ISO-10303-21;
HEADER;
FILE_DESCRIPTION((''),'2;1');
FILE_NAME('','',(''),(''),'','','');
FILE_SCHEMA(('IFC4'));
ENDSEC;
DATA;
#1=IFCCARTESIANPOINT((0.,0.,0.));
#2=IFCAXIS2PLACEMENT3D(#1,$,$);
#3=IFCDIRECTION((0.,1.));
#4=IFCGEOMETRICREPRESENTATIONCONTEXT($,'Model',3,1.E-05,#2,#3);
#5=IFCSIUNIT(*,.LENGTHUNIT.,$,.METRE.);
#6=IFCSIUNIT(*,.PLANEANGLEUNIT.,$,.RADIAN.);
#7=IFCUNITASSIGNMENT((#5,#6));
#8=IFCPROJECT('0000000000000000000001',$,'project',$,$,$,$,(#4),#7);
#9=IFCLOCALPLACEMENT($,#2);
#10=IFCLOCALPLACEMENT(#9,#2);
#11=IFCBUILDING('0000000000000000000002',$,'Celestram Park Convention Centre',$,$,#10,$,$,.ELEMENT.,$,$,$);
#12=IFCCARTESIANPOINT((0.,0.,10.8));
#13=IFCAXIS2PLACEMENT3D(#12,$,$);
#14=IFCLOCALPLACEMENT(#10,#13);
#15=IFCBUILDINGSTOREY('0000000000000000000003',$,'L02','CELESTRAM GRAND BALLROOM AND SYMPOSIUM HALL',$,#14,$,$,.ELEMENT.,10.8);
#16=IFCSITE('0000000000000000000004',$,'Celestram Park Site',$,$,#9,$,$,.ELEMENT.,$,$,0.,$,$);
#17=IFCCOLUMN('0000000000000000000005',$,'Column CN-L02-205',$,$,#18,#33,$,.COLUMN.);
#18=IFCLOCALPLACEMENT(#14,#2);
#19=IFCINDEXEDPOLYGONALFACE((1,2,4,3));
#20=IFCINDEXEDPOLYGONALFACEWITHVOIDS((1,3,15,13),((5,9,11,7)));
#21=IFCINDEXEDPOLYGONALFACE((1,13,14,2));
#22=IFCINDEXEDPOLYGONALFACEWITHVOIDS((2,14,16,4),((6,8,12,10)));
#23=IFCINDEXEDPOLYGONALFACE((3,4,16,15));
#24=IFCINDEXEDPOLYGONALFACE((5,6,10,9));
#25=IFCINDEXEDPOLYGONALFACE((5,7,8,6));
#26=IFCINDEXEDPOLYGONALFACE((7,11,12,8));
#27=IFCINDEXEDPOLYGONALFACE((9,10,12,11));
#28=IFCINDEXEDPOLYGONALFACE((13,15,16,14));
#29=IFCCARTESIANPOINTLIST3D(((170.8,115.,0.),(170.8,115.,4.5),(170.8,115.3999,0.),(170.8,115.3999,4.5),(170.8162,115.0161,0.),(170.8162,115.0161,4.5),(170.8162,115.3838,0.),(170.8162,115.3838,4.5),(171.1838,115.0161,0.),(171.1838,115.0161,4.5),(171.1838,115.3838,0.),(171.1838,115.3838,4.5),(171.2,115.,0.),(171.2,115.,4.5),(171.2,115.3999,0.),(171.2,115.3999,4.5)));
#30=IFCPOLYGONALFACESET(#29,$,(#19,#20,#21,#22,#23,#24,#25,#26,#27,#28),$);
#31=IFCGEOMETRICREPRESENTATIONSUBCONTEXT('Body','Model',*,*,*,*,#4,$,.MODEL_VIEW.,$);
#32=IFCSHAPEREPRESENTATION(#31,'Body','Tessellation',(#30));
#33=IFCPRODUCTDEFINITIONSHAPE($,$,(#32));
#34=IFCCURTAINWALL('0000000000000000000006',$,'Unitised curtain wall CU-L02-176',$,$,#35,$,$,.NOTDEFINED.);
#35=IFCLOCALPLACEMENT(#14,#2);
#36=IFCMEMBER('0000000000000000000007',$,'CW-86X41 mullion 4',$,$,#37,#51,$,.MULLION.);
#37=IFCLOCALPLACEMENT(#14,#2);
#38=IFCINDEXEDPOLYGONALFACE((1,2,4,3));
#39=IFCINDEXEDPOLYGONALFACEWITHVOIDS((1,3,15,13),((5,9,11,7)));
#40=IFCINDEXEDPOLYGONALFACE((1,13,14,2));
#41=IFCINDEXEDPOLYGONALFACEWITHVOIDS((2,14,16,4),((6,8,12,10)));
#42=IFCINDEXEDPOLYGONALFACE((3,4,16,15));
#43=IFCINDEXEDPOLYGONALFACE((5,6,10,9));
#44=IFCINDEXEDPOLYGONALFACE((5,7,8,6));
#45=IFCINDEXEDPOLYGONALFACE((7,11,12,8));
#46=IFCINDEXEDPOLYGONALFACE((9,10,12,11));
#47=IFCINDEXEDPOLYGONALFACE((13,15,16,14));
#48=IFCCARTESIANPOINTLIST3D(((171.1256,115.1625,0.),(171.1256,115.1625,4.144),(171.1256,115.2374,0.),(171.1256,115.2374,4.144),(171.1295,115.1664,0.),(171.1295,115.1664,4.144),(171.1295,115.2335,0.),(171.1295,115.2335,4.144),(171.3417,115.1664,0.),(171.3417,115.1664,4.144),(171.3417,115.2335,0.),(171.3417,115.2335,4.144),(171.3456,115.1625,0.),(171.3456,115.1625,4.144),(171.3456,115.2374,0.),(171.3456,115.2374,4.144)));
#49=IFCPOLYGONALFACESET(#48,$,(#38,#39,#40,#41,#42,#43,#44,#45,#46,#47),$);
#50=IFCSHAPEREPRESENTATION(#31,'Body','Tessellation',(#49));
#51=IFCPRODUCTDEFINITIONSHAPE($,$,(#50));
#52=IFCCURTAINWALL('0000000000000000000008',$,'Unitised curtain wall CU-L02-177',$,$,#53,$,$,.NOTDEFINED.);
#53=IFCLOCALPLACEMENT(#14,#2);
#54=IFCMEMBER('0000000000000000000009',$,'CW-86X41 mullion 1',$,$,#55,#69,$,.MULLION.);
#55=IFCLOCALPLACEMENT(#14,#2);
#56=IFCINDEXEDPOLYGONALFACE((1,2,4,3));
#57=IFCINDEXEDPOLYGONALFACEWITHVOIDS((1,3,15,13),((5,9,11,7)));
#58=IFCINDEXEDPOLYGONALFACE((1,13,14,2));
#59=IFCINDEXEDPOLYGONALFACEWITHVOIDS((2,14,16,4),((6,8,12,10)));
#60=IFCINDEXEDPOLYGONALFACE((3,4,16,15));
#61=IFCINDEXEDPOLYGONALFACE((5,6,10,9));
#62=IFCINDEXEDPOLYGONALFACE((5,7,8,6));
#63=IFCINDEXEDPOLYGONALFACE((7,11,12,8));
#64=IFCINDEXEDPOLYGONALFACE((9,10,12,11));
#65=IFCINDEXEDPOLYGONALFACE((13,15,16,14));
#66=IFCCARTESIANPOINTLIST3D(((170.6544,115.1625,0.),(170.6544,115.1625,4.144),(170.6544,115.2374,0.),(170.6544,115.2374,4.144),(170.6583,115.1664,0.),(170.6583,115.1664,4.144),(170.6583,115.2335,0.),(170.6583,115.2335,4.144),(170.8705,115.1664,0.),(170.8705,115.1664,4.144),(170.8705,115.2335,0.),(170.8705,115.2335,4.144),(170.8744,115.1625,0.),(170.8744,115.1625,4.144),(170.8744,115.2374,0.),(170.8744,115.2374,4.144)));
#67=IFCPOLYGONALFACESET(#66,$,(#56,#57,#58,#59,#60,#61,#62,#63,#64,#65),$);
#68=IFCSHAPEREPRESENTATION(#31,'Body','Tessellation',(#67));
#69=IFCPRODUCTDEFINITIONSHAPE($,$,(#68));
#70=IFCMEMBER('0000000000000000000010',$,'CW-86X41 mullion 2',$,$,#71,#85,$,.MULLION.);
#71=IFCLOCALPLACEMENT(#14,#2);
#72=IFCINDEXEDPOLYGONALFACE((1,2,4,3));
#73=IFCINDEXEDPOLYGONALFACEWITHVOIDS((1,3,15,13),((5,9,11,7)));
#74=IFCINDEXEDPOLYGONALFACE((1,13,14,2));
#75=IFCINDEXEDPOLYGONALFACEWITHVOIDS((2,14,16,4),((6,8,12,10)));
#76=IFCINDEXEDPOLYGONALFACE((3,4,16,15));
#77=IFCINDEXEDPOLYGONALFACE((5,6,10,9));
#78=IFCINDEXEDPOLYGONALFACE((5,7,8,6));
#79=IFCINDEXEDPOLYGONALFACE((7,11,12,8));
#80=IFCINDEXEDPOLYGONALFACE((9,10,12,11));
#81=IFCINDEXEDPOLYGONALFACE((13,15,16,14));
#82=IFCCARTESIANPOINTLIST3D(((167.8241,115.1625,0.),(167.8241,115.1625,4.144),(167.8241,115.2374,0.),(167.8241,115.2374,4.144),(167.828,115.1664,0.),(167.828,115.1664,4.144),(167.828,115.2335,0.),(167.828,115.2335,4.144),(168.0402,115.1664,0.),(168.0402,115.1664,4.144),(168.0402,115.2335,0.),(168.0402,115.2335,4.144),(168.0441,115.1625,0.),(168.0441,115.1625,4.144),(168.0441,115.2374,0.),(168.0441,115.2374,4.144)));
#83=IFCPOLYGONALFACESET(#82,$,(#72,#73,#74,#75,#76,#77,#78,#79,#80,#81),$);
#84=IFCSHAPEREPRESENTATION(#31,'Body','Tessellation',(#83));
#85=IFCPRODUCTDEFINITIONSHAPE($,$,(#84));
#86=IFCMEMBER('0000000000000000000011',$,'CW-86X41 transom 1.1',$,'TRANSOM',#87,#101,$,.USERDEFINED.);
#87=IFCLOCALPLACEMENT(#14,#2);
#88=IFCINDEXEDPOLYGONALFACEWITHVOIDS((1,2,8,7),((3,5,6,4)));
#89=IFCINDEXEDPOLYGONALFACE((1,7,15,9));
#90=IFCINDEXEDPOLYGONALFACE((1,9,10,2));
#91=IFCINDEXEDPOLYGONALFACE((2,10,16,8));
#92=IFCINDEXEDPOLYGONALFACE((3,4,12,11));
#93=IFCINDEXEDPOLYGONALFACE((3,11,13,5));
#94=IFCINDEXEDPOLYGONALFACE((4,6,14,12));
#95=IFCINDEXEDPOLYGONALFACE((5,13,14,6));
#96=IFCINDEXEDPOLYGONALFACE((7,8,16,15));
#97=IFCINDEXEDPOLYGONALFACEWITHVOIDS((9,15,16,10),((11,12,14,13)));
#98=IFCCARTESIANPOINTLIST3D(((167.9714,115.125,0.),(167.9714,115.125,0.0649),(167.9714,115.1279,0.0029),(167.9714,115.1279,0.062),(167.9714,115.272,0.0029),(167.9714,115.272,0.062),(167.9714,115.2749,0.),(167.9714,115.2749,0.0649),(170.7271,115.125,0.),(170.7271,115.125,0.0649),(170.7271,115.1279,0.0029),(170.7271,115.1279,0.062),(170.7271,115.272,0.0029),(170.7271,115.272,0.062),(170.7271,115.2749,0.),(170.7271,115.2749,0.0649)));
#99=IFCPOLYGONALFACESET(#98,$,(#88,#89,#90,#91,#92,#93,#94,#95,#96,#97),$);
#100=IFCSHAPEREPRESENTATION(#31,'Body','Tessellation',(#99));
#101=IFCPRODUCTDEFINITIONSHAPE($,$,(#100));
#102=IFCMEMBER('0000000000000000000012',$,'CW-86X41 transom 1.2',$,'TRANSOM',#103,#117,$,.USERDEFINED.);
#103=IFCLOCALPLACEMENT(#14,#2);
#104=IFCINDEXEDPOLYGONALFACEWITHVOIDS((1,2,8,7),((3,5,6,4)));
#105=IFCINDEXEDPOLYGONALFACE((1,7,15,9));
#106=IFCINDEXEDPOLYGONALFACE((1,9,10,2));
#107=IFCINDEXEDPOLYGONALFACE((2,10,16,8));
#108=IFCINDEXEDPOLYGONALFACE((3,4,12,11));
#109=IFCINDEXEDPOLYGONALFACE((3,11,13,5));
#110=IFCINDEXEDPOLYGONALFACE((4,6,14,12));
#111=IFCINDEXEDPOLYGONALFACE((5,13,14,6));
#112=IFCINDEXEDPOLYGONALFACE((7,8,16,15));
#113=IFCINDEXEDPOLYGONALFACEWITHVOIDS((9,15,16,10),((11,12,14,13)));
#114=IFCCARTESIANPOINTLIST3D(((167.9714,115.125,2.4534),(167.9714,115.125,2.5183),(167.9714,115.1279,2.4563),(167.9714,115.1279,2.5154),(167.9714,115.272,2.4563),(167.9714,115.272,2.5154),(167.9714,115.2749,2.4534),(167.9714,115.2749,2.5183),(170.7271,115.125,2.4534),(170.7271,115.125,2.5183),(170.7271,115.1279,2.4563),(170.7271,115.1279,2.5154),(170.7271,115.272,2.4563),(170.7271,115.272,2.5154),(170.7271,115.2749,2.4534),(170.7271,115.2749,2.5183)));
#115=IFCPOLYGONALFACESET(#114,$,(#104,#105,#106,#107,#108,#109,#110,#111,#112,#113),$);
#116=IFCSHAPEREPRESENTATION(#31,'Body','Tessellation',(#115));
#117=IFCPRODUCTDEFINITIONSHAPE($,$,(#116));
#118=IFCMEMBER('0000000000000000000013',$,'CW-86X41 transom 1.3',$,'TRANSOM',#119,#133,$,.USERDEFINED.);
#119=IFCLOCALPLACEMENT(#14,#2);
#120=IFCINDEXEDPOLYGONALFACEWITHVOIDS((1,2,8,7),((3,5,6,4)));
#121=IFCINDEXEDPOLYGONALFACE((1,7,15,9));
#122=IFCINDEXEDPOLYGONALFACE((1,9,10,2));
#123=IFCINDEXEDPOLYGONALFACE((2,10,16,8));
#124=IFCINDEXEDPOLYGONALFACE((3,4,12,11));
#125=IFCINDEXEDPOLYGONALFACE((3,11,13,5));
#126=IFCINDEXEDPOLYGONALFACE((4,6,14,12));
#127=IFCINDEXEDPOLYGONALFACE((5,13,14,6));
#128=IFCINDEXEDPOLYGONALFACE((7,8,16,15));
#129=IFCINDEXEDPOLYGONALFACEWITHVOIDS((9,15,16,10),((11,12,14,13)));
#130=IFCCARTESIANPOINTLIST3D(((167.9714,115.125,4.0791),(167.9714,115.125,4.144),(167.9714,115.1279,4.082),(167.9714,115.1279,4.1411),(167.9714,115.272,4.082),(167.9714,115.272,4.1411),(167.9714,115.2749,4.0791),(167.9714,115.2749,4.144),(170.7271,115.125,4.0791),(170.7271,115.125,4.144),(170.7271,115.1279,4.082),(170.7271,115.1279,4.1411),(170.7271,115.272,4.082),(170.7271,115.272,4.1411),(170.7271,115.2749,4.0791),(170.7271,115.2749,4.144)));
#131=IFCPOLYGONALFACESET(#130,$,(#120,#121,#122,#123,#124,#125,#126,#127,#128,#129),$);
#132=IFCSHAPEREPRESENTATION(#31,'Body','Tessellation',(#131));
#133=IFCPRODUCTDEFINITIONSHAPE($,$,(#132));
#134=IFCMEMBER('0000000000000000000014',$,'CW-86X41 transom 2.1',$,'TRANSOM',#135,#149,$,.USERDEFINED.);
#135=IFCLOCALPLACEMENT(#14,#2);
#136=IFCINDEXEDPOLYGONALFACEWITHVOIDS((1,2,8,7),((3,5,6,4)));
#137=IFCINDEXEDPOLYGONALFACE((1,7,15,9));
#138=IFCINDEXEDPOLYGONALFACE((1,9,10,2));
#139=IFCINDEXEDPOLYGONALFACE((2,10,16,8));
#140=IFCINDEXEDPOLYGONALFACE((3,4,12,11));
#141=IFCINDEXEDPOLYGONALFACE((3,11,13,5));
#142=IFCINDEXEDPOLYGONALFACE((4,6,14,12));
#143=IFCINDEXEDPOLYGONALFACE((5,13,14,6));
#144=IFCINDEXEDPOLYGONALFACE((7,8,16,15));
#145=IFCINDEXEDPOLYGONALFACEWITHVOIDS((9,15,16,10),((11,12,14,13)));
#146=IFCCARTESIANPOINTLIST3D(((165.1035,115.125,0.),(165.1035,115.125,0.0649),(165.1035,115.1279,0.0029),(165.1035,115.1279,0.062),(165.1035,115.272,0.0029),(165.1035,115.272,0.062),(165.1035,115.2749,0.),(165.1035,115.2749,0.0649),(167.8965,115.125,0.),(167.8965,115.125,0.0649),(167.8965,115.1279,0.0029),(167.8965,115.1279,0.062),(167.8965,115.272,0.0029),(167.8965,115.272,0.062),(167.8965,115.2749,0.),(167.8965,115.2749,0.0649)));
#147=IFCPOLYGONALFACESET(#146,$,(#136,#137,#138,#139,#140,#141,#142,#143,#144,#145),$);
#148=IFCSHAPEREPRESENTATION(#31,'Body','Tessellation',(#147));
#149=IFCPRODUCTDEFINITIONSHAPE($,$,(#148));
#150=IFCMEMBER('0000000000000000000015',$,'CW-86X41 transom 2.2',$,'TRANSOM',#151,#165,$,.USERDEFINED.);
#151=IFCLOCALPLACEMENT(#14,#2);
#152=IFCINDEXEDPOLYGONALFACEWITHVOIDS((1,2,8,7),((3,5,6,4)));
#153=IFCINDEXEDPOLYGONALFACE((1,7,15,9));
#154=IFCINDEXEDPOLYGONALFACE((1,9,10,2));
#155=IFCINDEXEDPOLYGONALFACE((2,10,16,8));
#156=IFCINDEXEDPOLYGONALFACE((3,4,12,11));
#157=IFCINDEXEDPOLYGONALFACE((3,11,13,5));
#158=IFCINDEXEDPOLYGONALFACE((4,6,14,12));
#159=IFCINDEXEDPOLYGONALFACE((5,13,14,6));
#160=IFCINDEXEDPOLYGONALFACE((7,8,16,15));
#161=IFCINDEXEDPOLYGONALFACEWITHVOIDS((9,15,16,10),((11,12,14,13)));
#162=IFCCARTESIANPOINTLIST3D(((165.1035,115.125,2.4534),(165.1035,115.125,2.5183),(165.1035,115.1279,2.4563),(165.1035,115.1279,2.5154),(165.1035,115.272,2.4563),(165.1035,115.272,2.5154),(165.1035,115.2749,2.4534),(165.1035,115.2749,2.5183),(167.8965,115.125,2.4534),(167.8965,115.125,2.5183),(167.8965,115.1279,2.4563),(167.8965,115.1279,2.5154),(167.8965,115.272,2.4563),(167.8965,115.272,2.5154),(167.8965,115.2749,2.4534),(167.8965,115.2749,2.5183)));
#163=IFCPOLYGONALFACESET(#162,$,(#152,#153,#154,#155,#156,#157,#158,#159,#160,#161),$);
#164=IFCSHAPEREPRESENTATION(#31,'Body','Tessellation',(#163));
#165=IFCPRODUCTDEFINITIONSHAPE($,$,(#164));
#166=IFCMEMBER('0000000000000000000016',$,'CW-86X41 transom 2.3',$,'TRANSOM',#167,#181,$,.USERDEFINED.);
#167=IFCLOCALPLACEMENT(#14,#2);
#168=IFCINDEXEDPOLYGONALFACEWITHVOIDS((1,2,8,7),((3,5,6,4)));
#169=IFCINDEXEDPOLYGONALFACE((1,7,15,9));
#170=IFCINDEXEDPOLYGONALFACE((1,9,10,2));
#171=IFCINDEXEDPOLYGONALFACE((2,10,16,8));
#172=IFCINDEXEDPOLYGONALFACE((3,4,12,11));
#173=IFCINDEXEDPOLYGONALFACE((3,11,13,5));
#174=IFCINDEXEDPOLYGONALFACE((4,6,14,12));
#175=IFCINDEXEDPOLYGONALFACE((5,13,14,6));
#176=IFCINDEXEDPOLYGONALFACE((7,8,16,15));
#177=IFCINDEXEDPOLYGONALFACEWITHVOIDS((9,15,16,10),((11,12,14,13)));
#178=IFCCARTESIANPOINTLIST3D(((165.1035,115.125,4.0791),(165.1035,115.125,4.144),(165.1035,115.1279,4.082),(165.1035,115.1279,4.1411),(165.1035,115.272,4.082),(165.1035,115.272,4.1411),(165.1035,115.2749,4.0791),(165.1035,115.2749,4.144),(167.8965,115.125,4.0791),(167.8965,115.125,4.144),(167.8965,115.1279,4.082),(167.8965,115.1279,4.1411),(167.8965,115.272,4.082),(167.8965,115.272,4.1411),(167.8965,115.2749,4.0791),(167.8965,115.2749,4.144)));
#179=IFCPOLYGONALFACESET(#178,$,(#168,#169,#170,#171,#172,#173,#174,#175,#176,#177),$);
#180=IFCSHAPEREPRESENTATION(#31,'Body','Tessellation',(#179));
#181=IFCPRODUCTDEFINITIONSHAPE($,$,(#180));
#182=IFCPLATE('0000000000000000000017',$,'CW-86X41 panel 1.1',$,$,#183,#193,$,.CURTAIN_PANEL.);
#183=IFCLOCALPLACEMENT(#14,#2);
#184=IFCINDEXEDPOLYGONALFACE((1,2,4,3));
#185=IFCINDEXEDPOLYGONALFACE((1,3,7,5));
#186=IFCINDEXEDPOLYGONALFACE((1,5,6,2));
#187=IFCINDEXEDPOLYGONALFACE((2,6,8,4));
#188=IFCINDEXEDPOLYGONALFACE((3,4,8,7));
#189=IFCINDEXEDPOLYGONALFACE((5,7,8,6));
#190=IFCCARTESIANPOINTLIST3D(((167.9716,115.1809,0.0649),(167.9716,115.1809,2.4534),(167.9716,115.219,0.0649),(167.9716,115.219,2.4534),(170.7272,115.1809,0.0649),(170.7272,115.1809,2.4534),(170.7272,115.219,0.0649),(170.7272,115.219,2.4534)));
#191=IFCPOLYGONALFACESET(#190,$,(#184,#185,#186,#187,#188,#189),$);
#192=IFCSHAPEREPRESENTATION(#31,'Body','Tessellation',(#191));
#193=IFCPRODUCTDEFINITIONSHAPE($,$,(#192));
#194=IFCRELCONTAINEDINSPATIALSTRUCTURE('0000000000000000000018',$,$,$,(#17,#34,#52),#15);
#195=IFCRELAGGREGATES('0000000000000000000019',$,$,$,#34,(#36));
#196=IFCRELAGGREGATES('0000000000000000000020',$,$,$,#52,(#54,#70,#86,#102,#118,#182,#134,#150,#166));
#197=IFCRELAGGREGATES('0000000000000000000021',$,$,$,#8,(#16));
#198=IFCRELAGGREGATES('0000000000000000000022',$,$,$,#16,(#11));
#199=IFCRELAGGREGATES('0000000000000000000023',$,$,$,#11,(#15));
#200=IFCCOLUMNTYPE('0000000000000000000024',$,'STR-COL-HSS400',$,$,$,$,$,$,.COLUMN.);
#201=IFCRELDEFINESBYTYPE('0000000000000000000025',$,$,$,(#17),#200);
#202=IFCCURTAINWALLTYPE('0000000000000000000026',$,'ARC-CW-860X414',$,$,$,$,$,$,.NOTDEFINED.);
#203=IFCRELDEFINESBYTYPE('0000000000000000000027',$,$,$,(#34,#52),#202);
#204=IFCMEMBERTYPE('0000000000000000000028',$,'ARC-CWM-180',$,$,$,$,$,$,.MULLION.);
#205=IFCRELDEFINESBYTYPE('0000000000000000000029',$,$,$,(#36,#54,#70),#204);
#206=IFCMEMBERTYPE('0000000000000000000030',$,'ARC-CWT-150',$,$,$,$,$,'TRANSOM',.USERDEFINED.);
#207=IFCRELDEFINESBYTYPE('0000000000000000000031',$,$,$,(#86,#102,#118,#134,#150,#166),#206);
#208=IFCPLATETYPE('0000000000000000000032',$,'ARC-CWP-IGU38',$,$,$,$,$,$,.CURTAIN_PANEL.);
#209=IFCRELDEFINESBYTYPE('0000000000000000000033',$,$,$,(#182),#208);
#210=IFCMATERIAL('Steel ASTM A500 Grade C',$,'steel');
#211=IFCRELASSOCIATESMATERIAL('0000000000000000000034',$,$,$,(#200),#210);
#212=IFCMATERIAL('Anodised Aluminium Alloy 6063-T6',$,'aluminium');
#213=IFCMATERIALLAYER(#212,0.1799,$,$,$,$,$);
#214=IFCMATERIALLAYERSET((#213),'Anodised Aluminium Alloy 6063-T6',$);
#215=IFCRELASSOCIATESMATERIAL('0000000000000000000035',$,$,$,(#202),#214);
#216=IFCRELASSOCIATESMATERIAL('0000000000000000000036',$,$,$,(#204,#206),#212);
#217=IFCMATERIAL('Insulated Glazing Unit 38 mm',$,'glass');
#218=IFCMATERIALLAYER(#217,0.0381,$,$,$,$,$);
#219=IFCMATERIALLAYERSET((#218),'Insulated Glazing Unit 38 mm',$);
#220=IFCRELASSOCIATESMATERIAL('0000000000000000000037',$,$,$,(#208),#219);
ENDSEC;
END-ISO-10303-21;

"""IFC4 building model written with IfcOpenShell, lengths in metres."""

from ifc_helpers import new_model, si_unit, direction, frame, origin, origin_2d, place, context, subcontext, project, spatial, rectangle, hollow_rectangle, extrude, material, layer, layer_set, material_profile, profile_set, type_object, element, aggregate, save


model = new_model("IFC4")

# Units and contexts
model_context = context("Model", 3, precision=1e-05, world=origin(), true_north=direction((0.0, 1.0)))
body_context = subcontext(model_context, "Body", "Model", "MODEL_VIEW")
ifc_project = project(units=[si_unit("LENGTHUNIT", "METRE"), si_unit("PLANEANGLEUNIT", "RADIAN")], contexts=[model_context])

# Site, building, storey
site_placement = place(None, origin())
site = spatial("IfcSite", under=ifc_project, at=site_placement, Name="Celestram Park Site", CompositionType="ELEMENT", RefElevation=0.0)
building_placement = place(site_placement, origin())
building = spatial("IfcBuilding", under=site, at=building_placement, Name="Celestram Park Convention Centre", CompositionType="ELEMENT")
storey_placement = place(building_placement, frame((0.0, 0.0, 10.8)))
storey = spatial("IfcBuildingStorey", under=building, at=storey_placement, Name="L02", Description="CELESTRAM GRAND BALLROOM AND SYMPOSIUM HALL", CompositionType="ELEMENT", Elevation=10.8)

# Column
ifc_material_1 = material(Name="Steel ASTM A500 Grade C", Category="steel")
ifc_material_profile_1 = material_profile(ifc_material_1, hollow_rectangle(XDim=0.3999, YDim=0.3999, WallThickness=0.0161, at=origin_2d()), Name="HSS400X400X16")
ifc_profile_set_1 = profile_set([ifc_material_profile_1], Name="Steel ASTM A500 Grade C")
column_type = type_object("IfcColumnType", Name="STR-COL-HSS400", PredefinedType="COLUMN", material=ifc_profile_set_1)
column_placement = place(storey_placement, frame((171.0, 115.2, 0.0), z_axis=(0.0, 0.0, 1.0), x_axis=(1.0, 0.0, 0.0)))
element("IfcColumn", 1, at=column_placement, inside=storey, type_object=column_type, Name="Column CN-L02-205", PredefinedType="COLUMN", context=body_context, shape_type="SweptSolid", body=[
    extrude(hollow_rectangle(XDim=0.3999, YDim=0.3999, WallThickness=0.0161, at=origin_2d()), origin(), (0.0, 0.0, 1.0), 4.5),
])

# Curtain wall, member
ifc_material_2 = material(Name="Anodised Aluminium Alloy 6063-T6", Category="aluminium")
ifc_layer_1 = layer(ifc_material_2, 0.1799)
ifc_layer_set_1 = layer_set([ifc_layer_1], Name="Anodised Aluminium Alloy 6063-T6")
curtain_wall_type = type_object("IfcCurtainWallType", Name="ARC-CW-860X414", PredefinedType="NOTDEFINED", material=ifc_layer_set_1)
curtain_wall_1_placement = place(storey_placement, origin())
curtain_wall_1 = element("IfcCurtainWall", 2, at=curtain_wall_1_placement, inside=storey, type_object=curtain_wall_type, Name="Unitised curtain wall CU-L02-176", PredefinedType="NOTDEFINED")
ifc_material_profile_2 = material_profile(ifc_material_2, hollow_rectangle(XDim=0.075, YDim=0.22, WallThickness=0.0039, at=origin_2d()), Name="ALU75X220X4")
ifc_profile_set_2 = profile_set([ifc_material_profile_2], Name="Anodised Aluminium Alloy 6063-T6")
member_type_1 = type_object("IfcMemberType", Name="ARC-CWM-180", PredefinedType="MULLION", material=ifc_profile_set_2)
member_1_placement = place(storey_placement, frame((171.2356, 115.2, 0.0), z_axis=(0.0, 0.0, 1.0), x_axis=(0.0, -1.0, 0.0)))
member_1 = element("IfcMember", 3, at=member_1_placement, type_object=member_type_1, Name="CW-86X41 mullion 4", PredefinedType="MULLION", context=body_context, shape_type="SweptSolid", body=[
    extrude(hollow_rectangle(XDim=0.075, YDim=0.22, WallThickness=0.0039, at=origin_2d()), origin(), (0.0, 0.0, 1.0), 4.144),
])
aggregate(curtain_wall_1, [member_1])

# Curtain wall, members, plate
curtain_wall_2_placement = place(storey_placement, origin())
curtain_wall_2 = element("IfcCurtainWall", 4, at=curtain_wall_2_placement, inside=storey, type_object=curtain_wall_type, Name="Unitised curtain wall CU-L02-177", PredefinedType="NOTDEFINED")
member_2_placement = place(storey_placement, frame((170.7644, 115.2, 0.0), z_axis=(0.0, 0.0, 1.0), x_axis=(0.0, -1.0, 0.0)))
member_2 = element("IfcMember", 5, at=member_2_placement, type_object=member_type_1, Name="CW-86X41 mullion 1", PredefinedType="MULLION", context=body_context, shape_type="SweptSolid", body=[
    extrude(hollow_rectangle(XDim=0.075, YDim=0.22, WallThickness=0.0039, at=origin_2d()), origin(), (0.0, 0.0, 1.0), 4.144),
])
member_3_placement = place(storey_placement, frame((167.9341, 115.2, 0.0), z_axis=(0.0, 0.0, 1.0), x_axis=(0.0, -1.0, 0.0)))
member_3 = element("IfcMember", 6, at=member_3_placement, type_object=member_type_1, Name="CW-86X41 mullion 2", PredefinedType="MULLION", context=body_context, shape_type="SweptSolid", body=[
    extrude(hollow_rectangle(XDim=0.075, YDim=0.22, WallThickness=0.0039, at=origin_2d()), origin(), (0.0, 0.0, 1.0), 4.144),
])
ifc_material_profile_3 = material_profile(ifc_material_2, hollow_rectangle(XDim=0.1499, YDim=0.0649, WallThickness=0.0029, at=origin_2d()), Name="ALU150X65X3")
ifc_profile_set_3 = profile_set([ifc_material_profile_3], Name="Anodised Aluminium Alloy 6063-T6")
member_type_2 = type_object("IfcMemberType", Name="ARC-CWT-150", ElementType="TRANSOM", PredefinedType="USERDEFINED", material=ifc_profile_set_3)
member_4_placement = place(storey_placement, frame((170.7271, 115.2, 0.0325), z_axis=(-1.0, 0.0, 0.0), x_axis=(0.0, -1.0, 0.0)))
member_4 = element("IfcMember", 7, at=member_4_placement, type_object=member_type_2, Name="CW-86X41 transom 1.1", ObjectType="TRANSOM", PredefinedType="USERDEFINED", context=body_context, shape_type="SweptSolid", body=[
    extrude(hollow_rectangle(XDim=0.1499, YDim=0.0649, WallThickness=0.0029, at=origin_2d()), origin(), (0.0, 0.0, 1.0), 2.7556),
])
member_5_placement = place(storey_placement, frame((170.7271, 115.2, 2.4858), z_axis=(-1.0, 0.0, 0.0), x_axis=(0.0, -1.0, 0.0)))
member_5 = element("IfcMember", 8, at=member_5_placement, type_object=member_type_2, Name="CW-86X41 transom 1.2", ObjectType="TRANSOM", PredefinedType="USERDEFINED", context=body_context, shape_type="SweptSolid", body=[
    extrude(hollow_rectangle(XDim=0.1499, YDim=0.0649, WallThickness=0.0029, at=origin_2d()), origin(), (0.0, 0.0, 1.0), 2.7556),
])
member_6_placement = place(storey_placement, frame((170.7271, 115.2, 4.1116), z_axis=(-1.0, 0.0, 0.0), x_axis=(0.0, -1.0, 0.0)))
member_6 = element("IfcMember", 9, at=member_6_placement, type_object=member_type_2, Name="CW-86X41 transom 1.3", ObjectType="TRANSOM", PredefinedType="USERDEFINED", context=body_context, shape_type="SweptSolid", body=[
    extrude(hollow_rectangle(XDim=0.1499, YDim=0.0649, WallThickness=0.0029, at=origin_2d()), origin(), (0.0, 0.0, 1.0), 2.7556),
])
member_7_placement = place(storey_placement, frame((167.8965, 115.2, 0.0325), z_axis=(-1.0, 0.0, 0.0), x_axis=(0.0, -1.0, 0.0)))
member_7 = element("IfcMember", 10, at=member_7_placement, type_object=member_type_2, Name="CW-86X41 transom 2.1", ObjectType="TRANSOM", PredefinedType="USERDEFINED", context=body_context, shape_type="SweptSolid", body=[
    extrude(hollow_rectangle(XDim=0.1499, YDim=0.0649, WallThickness=0.0029, at=origin_2d()), origin(), (0.0, 0.0, 1.0), 2.793),
])
member_8_placement = place(storey_placement, frame((167.8965, 115.2, 2.4858), z_axis=(-1.0, 0.0, 0.0), x_axis=(0.0, -1.0, 0.0)))
member_8 = element("IfcMember", 11, at=member_8_placement, type_object=member_type_2, Name="CW-86X41 transom 2.2", ObjectType="TRANSOM", PredefinedType="USERDEFINED", context=body_context, shape_type="SweptSolid", body=[
    extrude(hollow_rectangle(XDim=0.1499, YDim=0.0649, WallThickness=0.0029, at=origin_2d()), origin(), (0.0, 0.0, 1.0), 2.793),
])
member_9_placement = place(storey_placement, frame((167.8965, 115.2, 4.1116), z_axis=(-1.0, 0.0, 0.0), x_axis=(0.0, -1.0, 0.0)))
member_9 = element("IfcMember", 12, at=member_9_placement, type_object=member_type_2, Name="CW-86X41 transom 2.3", ObjectType="TRANSOM", PredefinedType="USERDEFINED", context=body_context, shape_type="SweptSolid", body=[
    extrude(hollow_rectangle(XDim=0.1499, YDim=0.0649, WallThickness=0.0029, at=origin_2d()), origin(), (0.0, 0.0, 1.0), 2.793),
])
ifc_material_3 = material(Name="Insulated Glazing Unit 38 mm", Category="glass")
ifc_layer_2 = layer(ifc_material_3, 0.0381)
ifc_layer_set_2 = layer_set([ifc_layer_2], Name="Insulated Glazing Unit 38 mm")
plate_type = type_object("IfcPlateType", Name="ARC-CWP-IGU38", PredefinedType="CURTAIN_PANEL", material=ifc_layer_set_2)
plate_1_placement = place(storey_placement, frame((169.3494, 115.2, 0.0649), z_axis=(0.0, 0.0, 1.0), x_axis=(-1.0, 0.0, 0.0)))
plate_1 = element("IfcPlate", 13, at=plate_1_placement, type_object=plate_type, Name="CW-86X41 panel 1.1", PredefinedType="CURTAIN_PANEL", context=body_context, shape_type="SweptSolid", body=[
    extrude(rectangle(XDim=2.7556, YDim=0.0381, at=origin_2d()), origin(), (0.0, 0.0, 1.0), 2.3884),
])
aggregate(curtain_wall_2, [member_2, member_3, member_4, member_5, member_6, plate_1, member_7, member_8, member_9])

save(model, "model.ifc")
